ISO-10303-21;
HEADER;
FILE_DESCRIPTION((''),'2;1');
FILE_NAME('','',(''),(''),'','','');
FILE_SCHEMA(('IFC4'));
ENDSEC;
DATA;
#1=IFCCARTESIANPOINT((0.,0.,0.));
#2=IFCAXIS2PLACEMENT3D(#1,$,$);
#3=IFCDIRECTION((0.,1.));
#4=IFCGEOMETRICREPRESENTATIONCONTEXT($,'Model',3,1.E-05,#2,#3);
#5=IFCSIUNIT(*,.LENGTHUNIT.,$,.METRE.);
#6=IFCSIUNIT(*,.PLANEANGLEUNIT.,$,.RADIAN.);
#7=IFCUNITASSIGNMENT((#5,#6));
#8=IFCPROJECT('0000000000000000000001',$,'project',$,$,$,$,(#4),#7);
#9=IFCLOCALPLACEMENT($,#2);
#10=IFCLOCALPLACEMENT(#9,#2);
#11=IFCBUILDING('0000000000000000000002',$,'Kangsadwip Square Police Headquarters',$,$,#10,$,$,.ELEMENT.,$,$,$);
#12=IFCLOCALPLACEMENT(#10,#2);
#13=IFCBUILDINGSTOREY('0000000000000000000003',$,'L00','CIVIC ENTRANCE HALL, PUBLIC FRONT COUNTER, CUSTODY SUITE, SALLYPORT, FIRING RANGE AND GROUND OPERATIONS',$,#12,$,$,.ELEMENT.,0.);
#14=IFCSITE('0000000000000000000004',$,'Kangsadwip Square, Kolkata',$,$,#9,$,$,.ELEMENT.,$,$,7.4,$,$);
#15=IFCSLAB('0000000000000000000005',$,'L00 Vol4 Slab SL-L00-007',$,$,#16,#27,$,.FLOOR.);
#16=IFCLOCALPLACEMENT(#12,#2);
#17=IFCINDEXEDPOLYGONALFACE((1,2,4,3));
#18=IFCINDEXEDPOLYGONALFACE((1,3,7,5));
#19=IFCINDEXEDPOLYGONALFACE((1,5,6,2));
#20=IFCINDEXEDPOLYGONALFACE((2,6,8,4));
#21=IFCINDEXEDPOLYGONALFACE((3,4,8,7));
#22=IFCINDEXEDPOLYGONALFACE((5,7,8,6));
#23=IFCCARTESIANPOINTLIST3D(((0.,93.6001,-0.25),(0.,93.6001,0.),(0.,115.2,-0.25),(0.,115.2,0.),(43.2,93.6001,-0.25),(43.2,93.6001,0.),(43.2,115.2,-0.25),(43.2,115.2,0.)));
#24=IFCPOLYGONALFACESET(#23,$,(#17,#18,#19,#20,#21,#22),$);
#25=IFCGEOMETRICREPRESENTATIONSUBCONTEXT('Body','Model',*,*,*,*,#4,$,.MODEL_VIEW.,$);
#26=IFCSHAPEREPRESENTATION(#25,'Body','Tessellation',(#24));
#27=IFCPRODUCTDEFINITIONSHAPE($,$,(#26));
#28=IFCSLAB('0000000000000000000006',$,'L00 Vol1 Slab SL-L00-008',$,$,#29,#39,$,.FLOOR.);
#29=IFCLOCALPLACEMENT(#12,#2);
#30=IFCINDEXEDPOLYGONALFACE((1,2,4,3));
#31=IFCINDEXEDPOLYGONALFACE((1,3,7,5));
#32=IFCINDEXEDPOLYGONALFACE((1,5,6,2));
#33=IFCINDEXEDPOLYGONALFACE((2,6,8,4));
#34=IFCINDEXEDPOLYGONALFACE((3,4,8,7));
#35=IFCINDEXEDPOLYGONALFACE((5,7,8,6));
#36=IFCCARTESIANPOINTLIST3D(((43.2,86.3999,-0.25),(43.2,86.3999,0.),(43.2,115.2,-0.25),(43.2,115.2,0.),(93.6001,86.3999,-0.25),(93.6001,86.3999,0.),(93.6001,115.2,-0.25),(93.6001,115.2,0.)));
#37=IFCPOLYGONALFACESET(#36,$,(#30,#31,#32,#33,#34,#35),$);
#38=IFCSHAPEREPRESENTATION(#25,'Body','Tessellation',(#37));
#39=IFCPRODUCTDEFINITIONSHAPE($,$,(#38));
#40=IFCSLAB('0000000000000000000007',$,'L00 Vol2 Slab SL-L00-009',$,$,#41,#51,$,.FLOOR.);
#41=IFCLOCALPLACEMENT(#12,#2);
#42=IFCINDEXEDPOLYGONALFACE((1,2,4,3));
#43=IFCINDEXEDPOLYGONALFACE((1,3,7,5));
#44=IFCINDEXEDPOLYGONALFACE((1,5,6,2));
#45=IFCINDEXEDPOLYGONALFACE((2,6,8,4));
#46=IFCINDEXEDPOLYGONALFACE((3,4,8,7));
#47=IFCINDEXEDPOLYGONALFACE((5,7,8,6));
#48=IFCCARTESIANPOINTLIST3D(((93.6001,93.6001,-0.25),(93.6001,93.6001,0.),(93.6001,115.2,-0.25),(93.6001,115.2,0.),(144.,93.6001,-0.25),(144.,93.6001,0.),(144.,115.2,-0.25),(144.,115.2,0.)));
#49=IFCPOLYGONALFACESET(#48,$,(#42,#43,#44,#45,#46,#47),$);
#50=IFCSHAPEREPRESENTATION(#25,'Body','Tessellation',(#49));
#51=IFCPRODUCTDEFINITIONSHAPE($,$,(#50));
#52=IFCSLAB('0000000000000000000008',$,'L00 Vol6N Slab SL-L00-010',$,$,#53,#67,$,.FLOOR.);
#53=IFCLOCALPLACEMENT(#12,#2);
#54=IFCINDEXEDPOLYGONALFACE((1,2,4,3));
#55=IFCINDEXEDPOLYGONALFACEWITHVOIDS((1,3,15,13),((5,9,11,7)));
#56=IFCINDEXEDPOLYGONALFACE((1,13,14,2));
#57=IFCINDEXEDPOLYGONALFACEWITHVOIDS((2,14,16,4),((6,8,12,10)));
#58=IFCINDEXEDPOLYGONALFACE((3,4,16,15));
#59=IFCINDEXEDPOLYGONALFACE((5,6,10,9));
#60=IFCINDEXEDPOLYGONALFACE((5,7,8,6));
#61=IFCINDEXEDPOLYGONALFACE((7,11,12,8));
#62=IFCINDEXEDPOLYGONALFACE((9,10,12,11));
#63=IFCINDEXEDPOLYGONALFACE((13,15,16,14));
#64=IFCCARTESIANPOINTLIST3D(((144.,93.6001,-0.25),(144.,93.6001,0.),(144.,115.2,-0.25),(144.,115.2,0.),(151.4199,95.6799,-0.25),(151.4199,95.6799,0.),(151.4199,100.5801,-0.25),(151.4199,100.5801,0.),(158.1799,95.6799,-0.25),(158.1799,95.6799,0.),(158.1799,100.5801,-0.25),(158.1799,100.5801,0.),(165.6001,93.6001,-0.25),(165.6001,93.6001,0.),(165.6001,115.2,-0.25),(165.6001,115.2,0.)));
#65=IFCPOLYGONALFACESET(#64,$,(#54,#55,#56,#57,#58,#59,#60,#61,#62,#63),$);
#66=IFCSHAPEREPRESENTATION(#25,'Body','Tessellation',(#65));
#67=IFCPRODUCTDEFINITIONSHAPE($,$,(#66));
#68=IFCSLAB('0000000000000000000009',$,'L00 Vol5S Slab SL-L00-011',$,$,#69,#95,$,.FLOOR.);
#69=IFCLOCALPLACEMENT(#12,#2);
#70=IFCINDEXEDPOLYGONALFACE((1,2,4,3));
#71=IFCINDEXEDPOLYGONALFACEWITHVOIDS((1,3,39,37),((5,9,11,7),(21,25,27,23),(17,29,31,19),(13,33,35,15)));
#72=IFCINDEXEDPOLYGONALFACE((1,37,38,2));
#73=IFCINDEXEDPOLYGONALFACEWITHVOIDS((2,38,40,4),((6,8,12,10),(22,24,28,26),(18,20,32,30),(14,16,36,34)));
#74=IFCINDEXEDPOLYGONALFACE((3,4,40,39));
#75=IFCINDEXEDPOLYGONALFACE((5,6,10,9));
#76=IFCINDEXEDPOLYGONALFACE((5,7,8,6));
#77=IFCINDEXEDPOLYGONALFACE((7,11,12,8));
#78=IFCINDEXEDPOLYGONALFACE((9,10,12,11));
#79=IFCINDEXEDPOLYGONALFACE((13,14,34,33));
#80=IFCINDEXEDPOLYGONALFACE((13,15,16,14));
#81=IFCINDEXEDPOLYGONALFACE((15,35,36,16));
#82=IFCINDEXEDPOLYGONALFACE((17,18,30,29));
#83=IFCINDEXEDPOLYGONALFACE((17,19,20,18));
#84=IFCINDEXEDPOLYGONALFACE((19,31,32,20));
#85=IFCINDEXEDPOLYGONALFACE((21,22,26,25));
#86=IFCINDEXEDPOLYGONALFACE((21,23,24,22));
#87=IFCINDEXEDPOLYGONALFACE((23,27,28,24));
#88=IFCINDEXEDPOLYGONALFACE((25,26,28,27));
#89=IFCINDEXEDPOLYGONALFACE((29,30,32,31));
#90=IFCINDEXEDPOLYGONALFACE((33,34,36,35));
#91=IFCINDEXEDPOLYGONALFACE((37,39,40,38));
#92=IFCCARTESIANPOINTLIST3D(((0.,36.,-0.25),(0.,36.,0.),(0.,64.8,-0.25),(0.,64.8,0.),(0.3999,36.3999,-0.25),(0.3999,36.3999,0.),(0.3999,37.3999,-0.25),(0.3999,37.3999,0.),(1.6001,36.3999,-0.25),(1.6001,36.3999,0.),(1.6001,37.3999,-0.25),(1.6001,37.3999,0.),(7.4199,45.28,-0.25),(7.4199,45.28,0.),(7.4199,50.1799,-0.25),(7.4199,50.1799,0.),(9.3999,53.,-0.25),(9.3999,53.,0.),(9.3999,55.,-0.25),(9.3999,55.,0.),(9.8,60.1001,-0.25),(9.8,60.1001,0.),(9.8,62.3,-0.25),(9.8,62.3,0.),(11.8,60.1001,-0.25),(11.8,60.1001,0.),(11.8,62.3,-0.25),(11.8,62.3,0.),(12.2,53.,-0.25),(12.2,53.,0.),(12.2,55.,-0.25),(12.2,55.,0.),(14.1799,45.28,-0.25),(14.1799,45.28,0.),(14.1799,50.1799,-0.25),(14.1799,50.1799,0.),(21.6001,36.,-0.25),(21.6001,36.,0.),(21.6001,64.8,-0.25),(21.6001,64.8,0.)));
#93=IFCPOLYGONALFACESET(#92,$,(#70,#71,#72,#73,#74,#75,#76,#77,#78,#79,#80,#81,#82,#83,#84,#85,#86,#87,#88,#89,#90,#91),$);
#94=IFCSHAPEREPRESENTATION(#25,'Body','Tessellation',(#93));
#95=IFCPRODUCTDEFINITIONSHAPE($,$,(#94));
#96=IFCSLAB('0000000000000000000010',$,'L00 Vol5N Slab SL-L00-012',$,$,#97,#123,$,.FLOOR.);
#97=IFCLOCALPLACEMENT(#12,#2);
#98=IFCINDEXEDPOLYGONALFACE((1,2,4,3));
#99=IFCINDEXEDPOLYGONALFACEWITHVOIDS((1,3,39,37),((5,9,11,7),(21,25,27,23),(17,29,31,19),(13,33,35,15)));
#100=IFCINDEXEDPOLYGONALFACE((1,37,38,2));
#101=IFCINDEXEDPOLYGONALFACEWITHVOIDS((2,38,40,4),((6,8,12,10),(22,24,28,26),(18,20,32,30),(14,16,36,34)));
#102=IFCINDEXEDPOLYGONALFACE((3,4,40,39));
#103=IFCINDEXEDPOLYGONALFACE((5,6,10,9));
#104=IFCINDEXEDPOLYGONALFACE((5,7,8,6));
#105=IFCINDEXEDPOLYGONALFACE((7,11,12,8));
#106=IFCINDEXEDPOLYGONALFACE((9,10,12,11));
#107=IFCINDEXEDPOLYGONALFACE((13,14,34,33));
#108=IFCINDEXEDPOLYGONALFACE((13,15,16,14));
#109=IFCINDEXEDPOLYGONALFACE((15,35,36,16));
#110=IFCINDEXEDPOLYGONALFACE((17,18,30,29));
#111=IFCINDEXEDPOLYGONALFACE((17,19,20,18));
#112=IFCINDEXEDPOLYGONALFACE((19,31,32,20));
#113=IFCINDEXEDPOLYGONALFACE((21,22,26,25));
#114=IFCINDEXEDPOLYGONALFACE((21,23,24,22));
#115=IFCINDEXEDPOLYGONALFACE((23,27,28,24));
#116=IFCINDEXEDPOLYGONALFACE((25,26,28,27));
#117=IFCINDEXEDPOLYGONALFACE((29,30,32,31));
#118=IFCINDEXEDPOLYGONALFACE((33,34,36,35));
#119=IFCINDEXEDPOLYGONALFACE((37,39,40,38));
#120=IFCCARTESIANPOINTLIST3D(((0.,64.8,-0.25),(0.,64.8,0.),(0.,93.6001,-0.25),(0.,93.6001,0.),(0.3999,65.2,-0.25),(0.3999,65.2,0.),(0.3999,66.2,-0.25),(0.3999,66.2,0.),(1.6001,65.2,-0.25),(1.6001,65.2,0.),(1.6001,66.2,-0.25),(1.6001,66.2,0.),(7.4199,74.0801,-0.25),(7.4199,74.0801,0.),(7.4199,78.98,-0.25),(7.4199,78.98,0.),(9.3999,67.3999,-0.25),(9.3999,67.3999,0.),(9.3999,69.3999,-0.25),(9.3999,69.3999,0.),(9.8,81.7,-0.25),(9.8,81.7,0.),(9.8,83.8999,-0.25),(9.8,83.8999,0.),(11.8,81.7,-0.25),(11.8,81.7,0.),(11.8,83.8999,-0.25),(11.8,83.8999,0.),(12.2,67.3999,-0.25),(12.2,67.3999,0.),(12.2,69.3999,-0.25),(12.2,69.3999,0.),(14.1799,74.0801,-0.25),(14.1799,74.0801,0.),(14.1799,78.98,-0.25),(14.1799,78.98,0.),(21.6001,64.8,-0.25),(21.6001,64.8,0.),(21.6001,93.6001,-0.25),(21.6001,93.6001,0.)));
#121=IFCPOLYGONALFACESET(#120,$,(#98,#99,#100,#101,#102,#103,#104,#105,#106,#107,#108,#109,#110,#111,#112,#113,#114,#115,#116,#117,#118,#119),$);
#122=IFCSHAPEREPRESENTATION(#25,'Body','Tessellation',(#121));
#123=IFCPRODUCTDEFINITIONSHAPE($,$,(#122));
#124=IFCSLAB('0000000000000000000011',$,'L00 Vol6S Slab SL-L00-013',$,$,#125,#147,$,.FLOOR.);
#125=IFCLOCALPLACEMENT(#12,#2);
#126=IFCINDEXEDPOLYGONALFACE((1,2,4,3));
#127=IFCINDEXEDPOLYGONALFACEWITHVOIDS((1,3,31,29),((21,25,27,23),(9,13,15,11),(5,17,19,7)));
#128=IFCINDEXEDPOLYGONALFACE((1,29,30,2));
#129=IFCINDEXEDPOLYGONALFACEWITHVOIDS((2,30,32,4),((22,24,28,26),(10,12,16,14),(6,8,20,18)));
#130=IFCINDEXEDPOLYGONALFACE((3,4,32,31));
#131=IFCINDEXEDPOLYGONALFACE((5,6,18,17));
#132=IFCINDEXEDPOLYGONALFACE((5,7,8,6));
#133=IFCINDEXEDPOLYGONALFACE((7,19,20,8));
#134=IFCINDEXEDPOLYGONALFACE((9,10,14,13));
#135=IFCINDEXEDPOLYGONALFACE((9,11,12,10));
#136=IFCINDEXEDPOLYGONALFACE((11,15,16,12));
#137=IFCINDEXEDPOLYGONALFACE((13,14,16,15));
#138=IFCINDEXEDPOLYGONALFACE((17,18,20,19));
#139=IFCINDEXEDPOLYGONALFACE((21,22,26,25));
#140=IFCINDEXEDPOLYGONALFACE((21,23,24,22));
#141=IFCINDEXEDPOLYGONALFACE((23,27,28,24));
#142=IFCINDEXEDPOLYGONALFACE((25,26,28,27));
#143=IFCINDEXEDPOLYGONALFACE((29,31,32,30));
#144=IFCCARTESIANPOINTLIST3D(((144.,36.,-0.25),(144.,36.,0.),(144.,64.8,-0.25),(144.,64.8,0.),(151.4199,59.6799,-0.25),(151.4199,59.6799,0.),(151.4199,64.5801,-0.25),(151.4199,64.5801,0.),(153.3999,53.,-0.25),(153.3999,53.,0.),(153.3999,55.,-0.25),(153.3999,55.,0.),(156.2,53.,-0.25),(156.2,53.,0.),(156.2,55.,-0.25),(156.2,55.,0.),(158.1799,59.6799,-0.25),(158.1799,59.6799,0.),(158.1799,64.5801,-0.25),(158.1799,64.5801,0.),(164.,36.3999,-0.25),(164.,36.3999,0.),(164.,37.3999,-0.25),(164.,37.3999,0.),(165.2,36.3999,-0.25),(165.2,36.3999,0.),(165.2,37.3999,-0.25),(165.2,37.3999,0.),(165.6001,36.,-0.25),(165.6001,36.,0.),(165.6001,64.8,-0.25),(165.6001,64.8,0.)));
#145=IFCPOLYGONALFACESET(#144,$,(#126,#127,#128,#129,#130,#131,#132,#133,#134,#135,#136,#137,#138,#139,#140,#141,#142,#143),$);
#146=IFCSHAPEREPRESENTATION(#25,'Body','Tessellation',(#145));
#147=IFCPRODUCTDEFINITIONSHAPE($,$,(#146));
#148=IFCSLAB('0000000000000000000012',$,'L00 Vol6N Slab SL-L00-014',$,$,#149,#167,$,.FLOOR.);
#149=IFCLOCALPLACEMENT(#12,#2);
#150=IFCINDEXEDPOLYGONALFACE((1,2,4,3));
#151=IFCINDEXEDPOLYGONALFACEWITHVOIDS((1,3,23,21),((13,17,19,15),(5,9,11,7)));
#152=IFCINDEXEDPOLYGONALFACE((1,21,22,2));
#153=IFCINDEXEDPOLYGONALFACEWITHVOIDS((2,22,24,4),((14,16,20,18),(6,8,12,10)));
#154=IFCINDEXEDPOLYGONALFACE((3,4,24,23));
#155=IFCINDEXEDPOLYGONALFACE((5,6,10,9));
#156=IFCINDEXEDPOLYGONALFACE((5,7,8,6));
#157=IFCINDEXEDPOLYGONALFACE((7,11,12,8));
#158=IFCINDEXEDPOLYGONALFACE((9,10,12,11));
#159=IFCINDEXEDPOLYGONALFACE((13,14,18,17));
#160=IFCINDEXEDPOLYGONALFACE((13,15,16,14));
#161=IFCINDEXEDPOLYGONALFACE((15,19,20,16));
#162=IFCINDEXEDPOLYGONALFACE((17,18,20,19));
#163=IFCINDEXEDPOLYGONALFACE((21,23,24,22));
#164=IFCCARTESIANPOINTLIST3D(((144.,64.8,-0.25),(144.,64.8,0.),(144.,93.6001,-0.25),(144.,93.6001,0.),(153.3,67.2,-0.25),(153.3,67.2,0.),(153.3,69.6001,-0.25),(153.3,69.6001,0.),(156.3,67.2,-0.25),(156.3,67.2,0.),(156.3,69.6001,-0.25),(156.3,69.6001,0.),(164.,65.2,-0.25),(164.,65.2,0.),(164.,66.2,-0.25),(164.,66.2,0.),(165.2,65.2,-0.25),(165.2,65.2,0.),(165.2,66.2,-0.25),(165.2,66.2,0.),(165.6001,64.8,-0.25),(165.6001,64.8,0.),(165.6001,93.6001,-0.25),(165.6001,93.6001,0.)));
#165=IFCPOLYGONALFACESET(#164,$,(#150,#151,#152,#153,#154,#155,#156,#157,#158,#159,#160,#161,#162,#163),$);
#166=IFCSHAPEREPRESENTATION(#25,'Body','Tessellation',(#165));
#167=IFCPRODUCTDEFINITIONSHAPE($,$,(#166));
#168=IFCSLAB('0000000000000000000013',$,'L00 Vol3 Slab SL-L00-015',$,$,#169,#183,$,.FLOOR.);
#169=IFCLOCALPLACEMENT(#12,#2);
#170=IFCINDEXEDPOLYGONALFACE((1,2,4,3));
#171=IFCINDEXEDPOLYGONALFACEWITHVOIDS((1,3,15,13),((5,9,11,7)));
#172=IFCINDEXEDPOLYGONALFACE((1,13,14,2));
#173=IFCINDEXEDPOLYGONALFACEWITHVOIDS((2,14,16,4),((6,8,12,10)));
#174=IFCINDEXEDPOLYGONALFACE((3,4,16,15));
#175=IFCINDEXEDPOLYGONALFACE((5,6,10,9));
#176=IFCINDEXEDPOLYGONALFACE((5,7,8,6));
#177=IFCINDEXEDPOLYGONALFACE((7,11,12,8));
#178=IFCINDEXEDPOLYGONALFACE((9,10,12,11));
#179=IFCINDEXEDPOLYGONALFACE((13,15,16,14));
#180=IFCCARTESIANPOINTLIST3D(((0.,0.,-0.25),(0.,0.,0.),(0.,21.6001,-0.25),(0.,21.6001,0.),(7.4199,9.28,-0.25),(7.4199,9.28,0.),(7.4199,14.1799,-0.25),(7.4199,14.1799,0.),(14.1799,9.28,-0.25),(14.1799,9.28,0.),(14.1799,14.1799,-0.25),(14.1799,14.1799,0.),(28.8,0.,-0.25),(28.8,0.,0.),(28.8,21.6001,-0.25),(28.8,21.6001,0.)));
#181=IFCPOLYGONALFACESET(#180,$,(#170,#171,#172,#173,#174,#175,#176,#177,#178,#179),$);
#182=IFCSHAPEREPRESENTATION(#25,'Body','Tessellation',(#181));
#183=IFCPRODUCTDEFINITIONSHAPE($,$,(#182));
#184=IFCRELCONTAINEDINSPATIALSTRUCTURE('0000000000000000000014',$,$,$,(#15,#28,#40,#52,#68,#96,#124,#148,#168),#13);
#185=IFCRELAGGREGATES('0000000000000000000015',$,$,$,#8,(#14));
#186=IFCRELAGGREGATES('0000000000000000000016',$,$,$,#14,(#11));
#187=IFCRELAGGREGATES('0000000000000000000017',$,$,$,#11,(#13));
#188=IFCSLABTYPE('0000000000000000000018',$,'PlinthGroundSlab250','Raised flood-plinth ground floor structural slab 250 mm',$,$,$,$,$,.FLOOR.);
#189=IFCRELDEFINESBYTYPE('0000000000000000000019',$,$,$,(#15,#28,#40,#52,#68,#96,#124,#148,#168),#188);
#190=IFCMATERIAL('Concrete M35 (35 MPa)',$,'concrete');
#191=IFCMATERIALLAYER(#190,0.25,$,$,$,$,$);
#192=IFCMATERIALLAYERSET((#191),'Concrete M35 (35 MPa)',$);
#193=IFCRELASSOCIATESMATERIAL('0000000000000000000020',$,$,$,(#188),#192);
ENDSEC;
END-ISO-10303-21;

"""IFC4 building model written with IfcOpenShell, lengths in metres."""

from ifc_helpers import new_model, si_unit, direction, frame, origin, place, context, subcontext, project, spatial, polyline, outline, extrude, material, layer, layer_set, type_object, element, save


model = new_model("IFC4")

# Units and contexts
model_context = context("Model", 3, precision=1e-05, world=origin(), true_north=direction((0.0, 1.0)))
body_context = subcontext(model_context, "Body", "Model", "MODEL_VIEW")
ifc_project = project(units=[si_unit("LENGTHUNIT", "METRE"), si_unit("PLANEANGLEUNIT", "RADIAN")], contexts=[model_context])

# Site, building, storey
site_placement = place(None, origin())
site = spatial("IfcSite", under=ifc_project, at=site_placement, Name="Kangsadwip Square, Kolkata", CompositionType="ELEMENT", RefElevation=7.4)
building_placement = place(site_placement, origin())
building = spatial("IfcBuilding", under=site, at=building_placement, Name="Kangsadwip Square Police Headquarters", CompositionType="ELEMENT")
storey_placement = place(building_placement, origin())
storey = spatial("IfcBuildingStorey", under=building, at=storey_placement, Name="L00", Description="CIVIC ENTRANCE HALL, PUBLIC FRONT COUNTER, CUSTODY SUITE, SALLYPORT, FIRING RANGE AND GROUND OPERATIONS", CompositionType="ELEMENT", Elevation=0.0)

# Slabs
ifc_material_1 = material(Name="Concrete M35 (35 MPa)", Category="concrete")
ifc_layer_1 = layer(ifc_material_1, 0.25)
ifc_layer_set_1 = layer_set([ifc_layer_1], Name="Concrete M35 (35 MPa)")
slab_type_1 = type_object("IfcSlabType", Name="PlinthGroundSlab250", Description="Raised flood-plinth ground floor structural slab 250 mm", PredefinedType="FLOOR", material=ifc_layer_set_1)
slab_1_placement = place(storey_placement, frame((0.0, 0.0, -0.25)))
element("IfcSlab", 1, at=slab_1_placement, inside=storey, type_object=slab_type_1, Name="L00 Vol4 Slab SL-L00-007", PredefinedType="FLOOR", context=body_context, shape_type="SweptSolid", body=[
    extrude(outline(polyline([(0.0, 93.6001), (0.0, 115.2), (43.2, 115.2), (43.2, 93.6001), (0.0, 93.6001)])), origin(), (0.0, 0.0, 1.0), 0.25),
])
slab_2_placement = place(storey_placement, frame((0.0, 0.0, -0.25)))
element("IfcSlab", 2, at=slab_2_placement, inside=storey, type_object=slab_type_1, Name="L00 Vol1 Slab SL-L00-008", PredefinedType="FLOOR", context=body_context, shape_type="SweptSolid", body=[
    extrude(outline(polyline([(43.2, 86.3999), (43.2, 115.2), (93.6001, 115.2), (93.6001, 86.3999), (43.2, 86.3999)])), origin(), (0.0, 0.0, 1.0), 0.25),
])
slab_3_placement = place(storey_placement, frame((0.0, 0.0, -0.25)))
element("IfcSlab", 3, at=slab_3_placement, inside=storey, type_object=slab_type_1, Name="L00 Vol2 Slab SL-L00-009", PredefinedType="FLOOR", context=body_context, shape_type="SweptSolid", body=[
    extrude(outline(polyline([(93.6001, 93.6001), (93.6001, 115.2), (144.0, 115.2), (144.0, 93.6001), (93.6001, 93.6001)])), origin(), (0.0, 0.0, 1.0), 0.25),
])
slab_4_placement = place(storey_placement, frame((0.0, 0.0, -0.25)))
element("IfcSlab", 4, at=slab_4_placement, inside=storey, type_object=slab_type_1, Name="L00 Vol6N Slab SL-L00-010", PredefinedType="FLOOR", context=body_context, shape_type="SweptSolid", body=[
    extrude(outline(polyline([(144.0, 93.6001), (144.0, 115.2), (165.6001, 115.2), (165.6001, 93.6001), (144.0, 93.6001)]), holes=[polyline([(158.1799, 95.6799), (158.1799, 100.5801), (151.4199, 100.5801), (151.4199, 95.6799), (158.1799, 95.6799)])]), origin(), (0.0, 0.0, 1.0), 0.25),
])
slab_5_placement = place(storey_placement, frame((0.0, 0.0, -0.25)))
element("IfcSlab", 5, at=slab_5_placement, inside=storey, type_object=slab_type_1, Name="L00 Vol5S Slab SL-L00-011", PredefinedType="FLOOR", context=body_context, shape_type="SweptSolid", body=[
    extrude(outline(polyline([(0.0, 36.0), (0.0, 64.8), (21.6001, 64.8), (21.6001, 36.0), (0.0, 36.0)]), holes=[polyline([(1.6001, 37.3999), (0.3999, 37.3999), (0.3999, 36.3999), (1.6001, 36.3999), (1.6001, 37.3999)]), polyline([(14.1799, 45.28), (14.1799, 50.1799), (7.4199, 50.1799), (7.4199, 45.28), (14.1799, 45.28)]), polyline([(12.2, 55.0), (9.3999, 55.0), (9.3999, 53.0), (12.2, 53.0), (12.2, 55.0)]), polyline([(11.8, 62.3), (9.8, 62.3), (9.8, 60.1001), (11.8, 60.1001), (11.8, 62.3)])]), origin(), (0.0, 0.0, 1.0), 0.25),
])
slab_6_placement = place(storey_placement, frame((0.0, 0.0, -0.25)))
element("IfcSlab", 6, at=slab_6_placement, inside=storey, type_object=slab_type_1, Name="L00 Vol5N Slab SL-L00-012", PredefinedType="FLOOR", context=body_context, shape_type="SweptSolid", body=[
    extrude(outline(polyline([(0.0, 64.8), (0.0, 93.6001), (21.6001, 93.6001), (21.6001, 64.8), (0.0, 64.8)]), holes=[polyline([(1.6001, 66.2), (0.3999, 66.2), (0.3999, 65.2), (1.6001, 65.2), (1.6001, 66.2)]), polyline([(12.2, 69.3999), (9.3999, 69.3999), (9.3999, 67.3999), (12.2, 67.3999), (12.2, 69.3999)]), polyline([(14.1799, 74.0801), (14.1799, 78.98), (7.4199, 78.98), (7.4199, 74.0801), (14.1799, 74.0801)]), polyline([(11.8, 83.8999), (9.8, 83.8999), (9.8, 81.7), (11.8, 81.7), (11.8, 83.8999)])]), origin(), (0.0, 0.0, 1.0), 0.25),
])
slab_7_placement = place(storey_placement, frame((0.0, 0.0, -0.25)))
element("IfcSlab", 7, at=slab_7_placement, inside=storey, type_object=slab_type_1, Name="L00 Vol6S Slab SL-L00-013", PredefinedType="FLOOR", context=body_context, shape_type="SweptSolid", body=[
    extrude(outline(polyline([(144.0, 36.0), (144.0, 64.8), (165.6001, 64.8), (165.6001, 36.0), (144.0, 36.0)]), holes=[polyline([(165.2, 37.3999), (164.0, 37.3999), (164.0, 36.3999), (165.2, 36.3999), (165.2, 37.3999)]), polyline([(156.2, 55.0), (153.3999, 55.0), (153.3999, 53.0), (156.2, 53.0), (156.2, 55.0)]), polyline([(158.1799, 59.6799), (158.1799, 64.5801), (151.4199, 64.5801), (151.4199, 59.6799), (158.1799, 59.6799)])]), origin(), (0.0, 0.0, 1.0), 0.25),
])
slab_8_placement = place(storey_placement, frame((0.0, 0.0, -0.25)))
element("IfcSlab", 8, at=slab_8_placement, inside=storey, type_object=slab_type_1, Name="L00 Vol6N Slab SL-L00-014", PredefinedType="FLOOR", context=body_context, shape_type="SweptSolid", body=[
    extrude(outline(polyline([(144.0, 64.8), (144.0, 93.6001), (165.6001, 93.6001), (165.6001, 64.8), (144.0, 64.8)]), holes=[polyline([(165.2, 66.2), (164.0, 66.2), (164.0, 65.2), (165.2, 65.2), (165.2, 66.2)]), polyline([(156.3, 69.6001), (153.3, 69.6001), (153.3, 67.2), (156.3, 67.2), (156.3, 69.6001)])]), origin(), (0.0, 0.0, 1.0), 0.25),
])
slab_9_placement = place(storey_placement, frame((0.0, 0.0, -0.25)))
element("IfcSlab", 9, at=slab_9_placement, inside=storey, type_object=slab_type_1, Name="L00 Vol3 Slab SL-L00-015", PredefinedType="FLOOR", context=body_context, shape_type="SweptSolid", body=[
    extrude(outline(polyline([(0.0, 0.0), (0.0, 21.6001), (28.8, 21.6001), (28.8, 0.0), (0.0, 0.0)]), holes=[polyline([(14.1799, 9.28), (14.1799, 14.1799), (7.4199, 14.1799), (7.4199, 9.28), (14.1799, 9.28)])]), origin(), (0.0, 0.0, 1.0), 0.25),
])

save(model, "model.ifc")
